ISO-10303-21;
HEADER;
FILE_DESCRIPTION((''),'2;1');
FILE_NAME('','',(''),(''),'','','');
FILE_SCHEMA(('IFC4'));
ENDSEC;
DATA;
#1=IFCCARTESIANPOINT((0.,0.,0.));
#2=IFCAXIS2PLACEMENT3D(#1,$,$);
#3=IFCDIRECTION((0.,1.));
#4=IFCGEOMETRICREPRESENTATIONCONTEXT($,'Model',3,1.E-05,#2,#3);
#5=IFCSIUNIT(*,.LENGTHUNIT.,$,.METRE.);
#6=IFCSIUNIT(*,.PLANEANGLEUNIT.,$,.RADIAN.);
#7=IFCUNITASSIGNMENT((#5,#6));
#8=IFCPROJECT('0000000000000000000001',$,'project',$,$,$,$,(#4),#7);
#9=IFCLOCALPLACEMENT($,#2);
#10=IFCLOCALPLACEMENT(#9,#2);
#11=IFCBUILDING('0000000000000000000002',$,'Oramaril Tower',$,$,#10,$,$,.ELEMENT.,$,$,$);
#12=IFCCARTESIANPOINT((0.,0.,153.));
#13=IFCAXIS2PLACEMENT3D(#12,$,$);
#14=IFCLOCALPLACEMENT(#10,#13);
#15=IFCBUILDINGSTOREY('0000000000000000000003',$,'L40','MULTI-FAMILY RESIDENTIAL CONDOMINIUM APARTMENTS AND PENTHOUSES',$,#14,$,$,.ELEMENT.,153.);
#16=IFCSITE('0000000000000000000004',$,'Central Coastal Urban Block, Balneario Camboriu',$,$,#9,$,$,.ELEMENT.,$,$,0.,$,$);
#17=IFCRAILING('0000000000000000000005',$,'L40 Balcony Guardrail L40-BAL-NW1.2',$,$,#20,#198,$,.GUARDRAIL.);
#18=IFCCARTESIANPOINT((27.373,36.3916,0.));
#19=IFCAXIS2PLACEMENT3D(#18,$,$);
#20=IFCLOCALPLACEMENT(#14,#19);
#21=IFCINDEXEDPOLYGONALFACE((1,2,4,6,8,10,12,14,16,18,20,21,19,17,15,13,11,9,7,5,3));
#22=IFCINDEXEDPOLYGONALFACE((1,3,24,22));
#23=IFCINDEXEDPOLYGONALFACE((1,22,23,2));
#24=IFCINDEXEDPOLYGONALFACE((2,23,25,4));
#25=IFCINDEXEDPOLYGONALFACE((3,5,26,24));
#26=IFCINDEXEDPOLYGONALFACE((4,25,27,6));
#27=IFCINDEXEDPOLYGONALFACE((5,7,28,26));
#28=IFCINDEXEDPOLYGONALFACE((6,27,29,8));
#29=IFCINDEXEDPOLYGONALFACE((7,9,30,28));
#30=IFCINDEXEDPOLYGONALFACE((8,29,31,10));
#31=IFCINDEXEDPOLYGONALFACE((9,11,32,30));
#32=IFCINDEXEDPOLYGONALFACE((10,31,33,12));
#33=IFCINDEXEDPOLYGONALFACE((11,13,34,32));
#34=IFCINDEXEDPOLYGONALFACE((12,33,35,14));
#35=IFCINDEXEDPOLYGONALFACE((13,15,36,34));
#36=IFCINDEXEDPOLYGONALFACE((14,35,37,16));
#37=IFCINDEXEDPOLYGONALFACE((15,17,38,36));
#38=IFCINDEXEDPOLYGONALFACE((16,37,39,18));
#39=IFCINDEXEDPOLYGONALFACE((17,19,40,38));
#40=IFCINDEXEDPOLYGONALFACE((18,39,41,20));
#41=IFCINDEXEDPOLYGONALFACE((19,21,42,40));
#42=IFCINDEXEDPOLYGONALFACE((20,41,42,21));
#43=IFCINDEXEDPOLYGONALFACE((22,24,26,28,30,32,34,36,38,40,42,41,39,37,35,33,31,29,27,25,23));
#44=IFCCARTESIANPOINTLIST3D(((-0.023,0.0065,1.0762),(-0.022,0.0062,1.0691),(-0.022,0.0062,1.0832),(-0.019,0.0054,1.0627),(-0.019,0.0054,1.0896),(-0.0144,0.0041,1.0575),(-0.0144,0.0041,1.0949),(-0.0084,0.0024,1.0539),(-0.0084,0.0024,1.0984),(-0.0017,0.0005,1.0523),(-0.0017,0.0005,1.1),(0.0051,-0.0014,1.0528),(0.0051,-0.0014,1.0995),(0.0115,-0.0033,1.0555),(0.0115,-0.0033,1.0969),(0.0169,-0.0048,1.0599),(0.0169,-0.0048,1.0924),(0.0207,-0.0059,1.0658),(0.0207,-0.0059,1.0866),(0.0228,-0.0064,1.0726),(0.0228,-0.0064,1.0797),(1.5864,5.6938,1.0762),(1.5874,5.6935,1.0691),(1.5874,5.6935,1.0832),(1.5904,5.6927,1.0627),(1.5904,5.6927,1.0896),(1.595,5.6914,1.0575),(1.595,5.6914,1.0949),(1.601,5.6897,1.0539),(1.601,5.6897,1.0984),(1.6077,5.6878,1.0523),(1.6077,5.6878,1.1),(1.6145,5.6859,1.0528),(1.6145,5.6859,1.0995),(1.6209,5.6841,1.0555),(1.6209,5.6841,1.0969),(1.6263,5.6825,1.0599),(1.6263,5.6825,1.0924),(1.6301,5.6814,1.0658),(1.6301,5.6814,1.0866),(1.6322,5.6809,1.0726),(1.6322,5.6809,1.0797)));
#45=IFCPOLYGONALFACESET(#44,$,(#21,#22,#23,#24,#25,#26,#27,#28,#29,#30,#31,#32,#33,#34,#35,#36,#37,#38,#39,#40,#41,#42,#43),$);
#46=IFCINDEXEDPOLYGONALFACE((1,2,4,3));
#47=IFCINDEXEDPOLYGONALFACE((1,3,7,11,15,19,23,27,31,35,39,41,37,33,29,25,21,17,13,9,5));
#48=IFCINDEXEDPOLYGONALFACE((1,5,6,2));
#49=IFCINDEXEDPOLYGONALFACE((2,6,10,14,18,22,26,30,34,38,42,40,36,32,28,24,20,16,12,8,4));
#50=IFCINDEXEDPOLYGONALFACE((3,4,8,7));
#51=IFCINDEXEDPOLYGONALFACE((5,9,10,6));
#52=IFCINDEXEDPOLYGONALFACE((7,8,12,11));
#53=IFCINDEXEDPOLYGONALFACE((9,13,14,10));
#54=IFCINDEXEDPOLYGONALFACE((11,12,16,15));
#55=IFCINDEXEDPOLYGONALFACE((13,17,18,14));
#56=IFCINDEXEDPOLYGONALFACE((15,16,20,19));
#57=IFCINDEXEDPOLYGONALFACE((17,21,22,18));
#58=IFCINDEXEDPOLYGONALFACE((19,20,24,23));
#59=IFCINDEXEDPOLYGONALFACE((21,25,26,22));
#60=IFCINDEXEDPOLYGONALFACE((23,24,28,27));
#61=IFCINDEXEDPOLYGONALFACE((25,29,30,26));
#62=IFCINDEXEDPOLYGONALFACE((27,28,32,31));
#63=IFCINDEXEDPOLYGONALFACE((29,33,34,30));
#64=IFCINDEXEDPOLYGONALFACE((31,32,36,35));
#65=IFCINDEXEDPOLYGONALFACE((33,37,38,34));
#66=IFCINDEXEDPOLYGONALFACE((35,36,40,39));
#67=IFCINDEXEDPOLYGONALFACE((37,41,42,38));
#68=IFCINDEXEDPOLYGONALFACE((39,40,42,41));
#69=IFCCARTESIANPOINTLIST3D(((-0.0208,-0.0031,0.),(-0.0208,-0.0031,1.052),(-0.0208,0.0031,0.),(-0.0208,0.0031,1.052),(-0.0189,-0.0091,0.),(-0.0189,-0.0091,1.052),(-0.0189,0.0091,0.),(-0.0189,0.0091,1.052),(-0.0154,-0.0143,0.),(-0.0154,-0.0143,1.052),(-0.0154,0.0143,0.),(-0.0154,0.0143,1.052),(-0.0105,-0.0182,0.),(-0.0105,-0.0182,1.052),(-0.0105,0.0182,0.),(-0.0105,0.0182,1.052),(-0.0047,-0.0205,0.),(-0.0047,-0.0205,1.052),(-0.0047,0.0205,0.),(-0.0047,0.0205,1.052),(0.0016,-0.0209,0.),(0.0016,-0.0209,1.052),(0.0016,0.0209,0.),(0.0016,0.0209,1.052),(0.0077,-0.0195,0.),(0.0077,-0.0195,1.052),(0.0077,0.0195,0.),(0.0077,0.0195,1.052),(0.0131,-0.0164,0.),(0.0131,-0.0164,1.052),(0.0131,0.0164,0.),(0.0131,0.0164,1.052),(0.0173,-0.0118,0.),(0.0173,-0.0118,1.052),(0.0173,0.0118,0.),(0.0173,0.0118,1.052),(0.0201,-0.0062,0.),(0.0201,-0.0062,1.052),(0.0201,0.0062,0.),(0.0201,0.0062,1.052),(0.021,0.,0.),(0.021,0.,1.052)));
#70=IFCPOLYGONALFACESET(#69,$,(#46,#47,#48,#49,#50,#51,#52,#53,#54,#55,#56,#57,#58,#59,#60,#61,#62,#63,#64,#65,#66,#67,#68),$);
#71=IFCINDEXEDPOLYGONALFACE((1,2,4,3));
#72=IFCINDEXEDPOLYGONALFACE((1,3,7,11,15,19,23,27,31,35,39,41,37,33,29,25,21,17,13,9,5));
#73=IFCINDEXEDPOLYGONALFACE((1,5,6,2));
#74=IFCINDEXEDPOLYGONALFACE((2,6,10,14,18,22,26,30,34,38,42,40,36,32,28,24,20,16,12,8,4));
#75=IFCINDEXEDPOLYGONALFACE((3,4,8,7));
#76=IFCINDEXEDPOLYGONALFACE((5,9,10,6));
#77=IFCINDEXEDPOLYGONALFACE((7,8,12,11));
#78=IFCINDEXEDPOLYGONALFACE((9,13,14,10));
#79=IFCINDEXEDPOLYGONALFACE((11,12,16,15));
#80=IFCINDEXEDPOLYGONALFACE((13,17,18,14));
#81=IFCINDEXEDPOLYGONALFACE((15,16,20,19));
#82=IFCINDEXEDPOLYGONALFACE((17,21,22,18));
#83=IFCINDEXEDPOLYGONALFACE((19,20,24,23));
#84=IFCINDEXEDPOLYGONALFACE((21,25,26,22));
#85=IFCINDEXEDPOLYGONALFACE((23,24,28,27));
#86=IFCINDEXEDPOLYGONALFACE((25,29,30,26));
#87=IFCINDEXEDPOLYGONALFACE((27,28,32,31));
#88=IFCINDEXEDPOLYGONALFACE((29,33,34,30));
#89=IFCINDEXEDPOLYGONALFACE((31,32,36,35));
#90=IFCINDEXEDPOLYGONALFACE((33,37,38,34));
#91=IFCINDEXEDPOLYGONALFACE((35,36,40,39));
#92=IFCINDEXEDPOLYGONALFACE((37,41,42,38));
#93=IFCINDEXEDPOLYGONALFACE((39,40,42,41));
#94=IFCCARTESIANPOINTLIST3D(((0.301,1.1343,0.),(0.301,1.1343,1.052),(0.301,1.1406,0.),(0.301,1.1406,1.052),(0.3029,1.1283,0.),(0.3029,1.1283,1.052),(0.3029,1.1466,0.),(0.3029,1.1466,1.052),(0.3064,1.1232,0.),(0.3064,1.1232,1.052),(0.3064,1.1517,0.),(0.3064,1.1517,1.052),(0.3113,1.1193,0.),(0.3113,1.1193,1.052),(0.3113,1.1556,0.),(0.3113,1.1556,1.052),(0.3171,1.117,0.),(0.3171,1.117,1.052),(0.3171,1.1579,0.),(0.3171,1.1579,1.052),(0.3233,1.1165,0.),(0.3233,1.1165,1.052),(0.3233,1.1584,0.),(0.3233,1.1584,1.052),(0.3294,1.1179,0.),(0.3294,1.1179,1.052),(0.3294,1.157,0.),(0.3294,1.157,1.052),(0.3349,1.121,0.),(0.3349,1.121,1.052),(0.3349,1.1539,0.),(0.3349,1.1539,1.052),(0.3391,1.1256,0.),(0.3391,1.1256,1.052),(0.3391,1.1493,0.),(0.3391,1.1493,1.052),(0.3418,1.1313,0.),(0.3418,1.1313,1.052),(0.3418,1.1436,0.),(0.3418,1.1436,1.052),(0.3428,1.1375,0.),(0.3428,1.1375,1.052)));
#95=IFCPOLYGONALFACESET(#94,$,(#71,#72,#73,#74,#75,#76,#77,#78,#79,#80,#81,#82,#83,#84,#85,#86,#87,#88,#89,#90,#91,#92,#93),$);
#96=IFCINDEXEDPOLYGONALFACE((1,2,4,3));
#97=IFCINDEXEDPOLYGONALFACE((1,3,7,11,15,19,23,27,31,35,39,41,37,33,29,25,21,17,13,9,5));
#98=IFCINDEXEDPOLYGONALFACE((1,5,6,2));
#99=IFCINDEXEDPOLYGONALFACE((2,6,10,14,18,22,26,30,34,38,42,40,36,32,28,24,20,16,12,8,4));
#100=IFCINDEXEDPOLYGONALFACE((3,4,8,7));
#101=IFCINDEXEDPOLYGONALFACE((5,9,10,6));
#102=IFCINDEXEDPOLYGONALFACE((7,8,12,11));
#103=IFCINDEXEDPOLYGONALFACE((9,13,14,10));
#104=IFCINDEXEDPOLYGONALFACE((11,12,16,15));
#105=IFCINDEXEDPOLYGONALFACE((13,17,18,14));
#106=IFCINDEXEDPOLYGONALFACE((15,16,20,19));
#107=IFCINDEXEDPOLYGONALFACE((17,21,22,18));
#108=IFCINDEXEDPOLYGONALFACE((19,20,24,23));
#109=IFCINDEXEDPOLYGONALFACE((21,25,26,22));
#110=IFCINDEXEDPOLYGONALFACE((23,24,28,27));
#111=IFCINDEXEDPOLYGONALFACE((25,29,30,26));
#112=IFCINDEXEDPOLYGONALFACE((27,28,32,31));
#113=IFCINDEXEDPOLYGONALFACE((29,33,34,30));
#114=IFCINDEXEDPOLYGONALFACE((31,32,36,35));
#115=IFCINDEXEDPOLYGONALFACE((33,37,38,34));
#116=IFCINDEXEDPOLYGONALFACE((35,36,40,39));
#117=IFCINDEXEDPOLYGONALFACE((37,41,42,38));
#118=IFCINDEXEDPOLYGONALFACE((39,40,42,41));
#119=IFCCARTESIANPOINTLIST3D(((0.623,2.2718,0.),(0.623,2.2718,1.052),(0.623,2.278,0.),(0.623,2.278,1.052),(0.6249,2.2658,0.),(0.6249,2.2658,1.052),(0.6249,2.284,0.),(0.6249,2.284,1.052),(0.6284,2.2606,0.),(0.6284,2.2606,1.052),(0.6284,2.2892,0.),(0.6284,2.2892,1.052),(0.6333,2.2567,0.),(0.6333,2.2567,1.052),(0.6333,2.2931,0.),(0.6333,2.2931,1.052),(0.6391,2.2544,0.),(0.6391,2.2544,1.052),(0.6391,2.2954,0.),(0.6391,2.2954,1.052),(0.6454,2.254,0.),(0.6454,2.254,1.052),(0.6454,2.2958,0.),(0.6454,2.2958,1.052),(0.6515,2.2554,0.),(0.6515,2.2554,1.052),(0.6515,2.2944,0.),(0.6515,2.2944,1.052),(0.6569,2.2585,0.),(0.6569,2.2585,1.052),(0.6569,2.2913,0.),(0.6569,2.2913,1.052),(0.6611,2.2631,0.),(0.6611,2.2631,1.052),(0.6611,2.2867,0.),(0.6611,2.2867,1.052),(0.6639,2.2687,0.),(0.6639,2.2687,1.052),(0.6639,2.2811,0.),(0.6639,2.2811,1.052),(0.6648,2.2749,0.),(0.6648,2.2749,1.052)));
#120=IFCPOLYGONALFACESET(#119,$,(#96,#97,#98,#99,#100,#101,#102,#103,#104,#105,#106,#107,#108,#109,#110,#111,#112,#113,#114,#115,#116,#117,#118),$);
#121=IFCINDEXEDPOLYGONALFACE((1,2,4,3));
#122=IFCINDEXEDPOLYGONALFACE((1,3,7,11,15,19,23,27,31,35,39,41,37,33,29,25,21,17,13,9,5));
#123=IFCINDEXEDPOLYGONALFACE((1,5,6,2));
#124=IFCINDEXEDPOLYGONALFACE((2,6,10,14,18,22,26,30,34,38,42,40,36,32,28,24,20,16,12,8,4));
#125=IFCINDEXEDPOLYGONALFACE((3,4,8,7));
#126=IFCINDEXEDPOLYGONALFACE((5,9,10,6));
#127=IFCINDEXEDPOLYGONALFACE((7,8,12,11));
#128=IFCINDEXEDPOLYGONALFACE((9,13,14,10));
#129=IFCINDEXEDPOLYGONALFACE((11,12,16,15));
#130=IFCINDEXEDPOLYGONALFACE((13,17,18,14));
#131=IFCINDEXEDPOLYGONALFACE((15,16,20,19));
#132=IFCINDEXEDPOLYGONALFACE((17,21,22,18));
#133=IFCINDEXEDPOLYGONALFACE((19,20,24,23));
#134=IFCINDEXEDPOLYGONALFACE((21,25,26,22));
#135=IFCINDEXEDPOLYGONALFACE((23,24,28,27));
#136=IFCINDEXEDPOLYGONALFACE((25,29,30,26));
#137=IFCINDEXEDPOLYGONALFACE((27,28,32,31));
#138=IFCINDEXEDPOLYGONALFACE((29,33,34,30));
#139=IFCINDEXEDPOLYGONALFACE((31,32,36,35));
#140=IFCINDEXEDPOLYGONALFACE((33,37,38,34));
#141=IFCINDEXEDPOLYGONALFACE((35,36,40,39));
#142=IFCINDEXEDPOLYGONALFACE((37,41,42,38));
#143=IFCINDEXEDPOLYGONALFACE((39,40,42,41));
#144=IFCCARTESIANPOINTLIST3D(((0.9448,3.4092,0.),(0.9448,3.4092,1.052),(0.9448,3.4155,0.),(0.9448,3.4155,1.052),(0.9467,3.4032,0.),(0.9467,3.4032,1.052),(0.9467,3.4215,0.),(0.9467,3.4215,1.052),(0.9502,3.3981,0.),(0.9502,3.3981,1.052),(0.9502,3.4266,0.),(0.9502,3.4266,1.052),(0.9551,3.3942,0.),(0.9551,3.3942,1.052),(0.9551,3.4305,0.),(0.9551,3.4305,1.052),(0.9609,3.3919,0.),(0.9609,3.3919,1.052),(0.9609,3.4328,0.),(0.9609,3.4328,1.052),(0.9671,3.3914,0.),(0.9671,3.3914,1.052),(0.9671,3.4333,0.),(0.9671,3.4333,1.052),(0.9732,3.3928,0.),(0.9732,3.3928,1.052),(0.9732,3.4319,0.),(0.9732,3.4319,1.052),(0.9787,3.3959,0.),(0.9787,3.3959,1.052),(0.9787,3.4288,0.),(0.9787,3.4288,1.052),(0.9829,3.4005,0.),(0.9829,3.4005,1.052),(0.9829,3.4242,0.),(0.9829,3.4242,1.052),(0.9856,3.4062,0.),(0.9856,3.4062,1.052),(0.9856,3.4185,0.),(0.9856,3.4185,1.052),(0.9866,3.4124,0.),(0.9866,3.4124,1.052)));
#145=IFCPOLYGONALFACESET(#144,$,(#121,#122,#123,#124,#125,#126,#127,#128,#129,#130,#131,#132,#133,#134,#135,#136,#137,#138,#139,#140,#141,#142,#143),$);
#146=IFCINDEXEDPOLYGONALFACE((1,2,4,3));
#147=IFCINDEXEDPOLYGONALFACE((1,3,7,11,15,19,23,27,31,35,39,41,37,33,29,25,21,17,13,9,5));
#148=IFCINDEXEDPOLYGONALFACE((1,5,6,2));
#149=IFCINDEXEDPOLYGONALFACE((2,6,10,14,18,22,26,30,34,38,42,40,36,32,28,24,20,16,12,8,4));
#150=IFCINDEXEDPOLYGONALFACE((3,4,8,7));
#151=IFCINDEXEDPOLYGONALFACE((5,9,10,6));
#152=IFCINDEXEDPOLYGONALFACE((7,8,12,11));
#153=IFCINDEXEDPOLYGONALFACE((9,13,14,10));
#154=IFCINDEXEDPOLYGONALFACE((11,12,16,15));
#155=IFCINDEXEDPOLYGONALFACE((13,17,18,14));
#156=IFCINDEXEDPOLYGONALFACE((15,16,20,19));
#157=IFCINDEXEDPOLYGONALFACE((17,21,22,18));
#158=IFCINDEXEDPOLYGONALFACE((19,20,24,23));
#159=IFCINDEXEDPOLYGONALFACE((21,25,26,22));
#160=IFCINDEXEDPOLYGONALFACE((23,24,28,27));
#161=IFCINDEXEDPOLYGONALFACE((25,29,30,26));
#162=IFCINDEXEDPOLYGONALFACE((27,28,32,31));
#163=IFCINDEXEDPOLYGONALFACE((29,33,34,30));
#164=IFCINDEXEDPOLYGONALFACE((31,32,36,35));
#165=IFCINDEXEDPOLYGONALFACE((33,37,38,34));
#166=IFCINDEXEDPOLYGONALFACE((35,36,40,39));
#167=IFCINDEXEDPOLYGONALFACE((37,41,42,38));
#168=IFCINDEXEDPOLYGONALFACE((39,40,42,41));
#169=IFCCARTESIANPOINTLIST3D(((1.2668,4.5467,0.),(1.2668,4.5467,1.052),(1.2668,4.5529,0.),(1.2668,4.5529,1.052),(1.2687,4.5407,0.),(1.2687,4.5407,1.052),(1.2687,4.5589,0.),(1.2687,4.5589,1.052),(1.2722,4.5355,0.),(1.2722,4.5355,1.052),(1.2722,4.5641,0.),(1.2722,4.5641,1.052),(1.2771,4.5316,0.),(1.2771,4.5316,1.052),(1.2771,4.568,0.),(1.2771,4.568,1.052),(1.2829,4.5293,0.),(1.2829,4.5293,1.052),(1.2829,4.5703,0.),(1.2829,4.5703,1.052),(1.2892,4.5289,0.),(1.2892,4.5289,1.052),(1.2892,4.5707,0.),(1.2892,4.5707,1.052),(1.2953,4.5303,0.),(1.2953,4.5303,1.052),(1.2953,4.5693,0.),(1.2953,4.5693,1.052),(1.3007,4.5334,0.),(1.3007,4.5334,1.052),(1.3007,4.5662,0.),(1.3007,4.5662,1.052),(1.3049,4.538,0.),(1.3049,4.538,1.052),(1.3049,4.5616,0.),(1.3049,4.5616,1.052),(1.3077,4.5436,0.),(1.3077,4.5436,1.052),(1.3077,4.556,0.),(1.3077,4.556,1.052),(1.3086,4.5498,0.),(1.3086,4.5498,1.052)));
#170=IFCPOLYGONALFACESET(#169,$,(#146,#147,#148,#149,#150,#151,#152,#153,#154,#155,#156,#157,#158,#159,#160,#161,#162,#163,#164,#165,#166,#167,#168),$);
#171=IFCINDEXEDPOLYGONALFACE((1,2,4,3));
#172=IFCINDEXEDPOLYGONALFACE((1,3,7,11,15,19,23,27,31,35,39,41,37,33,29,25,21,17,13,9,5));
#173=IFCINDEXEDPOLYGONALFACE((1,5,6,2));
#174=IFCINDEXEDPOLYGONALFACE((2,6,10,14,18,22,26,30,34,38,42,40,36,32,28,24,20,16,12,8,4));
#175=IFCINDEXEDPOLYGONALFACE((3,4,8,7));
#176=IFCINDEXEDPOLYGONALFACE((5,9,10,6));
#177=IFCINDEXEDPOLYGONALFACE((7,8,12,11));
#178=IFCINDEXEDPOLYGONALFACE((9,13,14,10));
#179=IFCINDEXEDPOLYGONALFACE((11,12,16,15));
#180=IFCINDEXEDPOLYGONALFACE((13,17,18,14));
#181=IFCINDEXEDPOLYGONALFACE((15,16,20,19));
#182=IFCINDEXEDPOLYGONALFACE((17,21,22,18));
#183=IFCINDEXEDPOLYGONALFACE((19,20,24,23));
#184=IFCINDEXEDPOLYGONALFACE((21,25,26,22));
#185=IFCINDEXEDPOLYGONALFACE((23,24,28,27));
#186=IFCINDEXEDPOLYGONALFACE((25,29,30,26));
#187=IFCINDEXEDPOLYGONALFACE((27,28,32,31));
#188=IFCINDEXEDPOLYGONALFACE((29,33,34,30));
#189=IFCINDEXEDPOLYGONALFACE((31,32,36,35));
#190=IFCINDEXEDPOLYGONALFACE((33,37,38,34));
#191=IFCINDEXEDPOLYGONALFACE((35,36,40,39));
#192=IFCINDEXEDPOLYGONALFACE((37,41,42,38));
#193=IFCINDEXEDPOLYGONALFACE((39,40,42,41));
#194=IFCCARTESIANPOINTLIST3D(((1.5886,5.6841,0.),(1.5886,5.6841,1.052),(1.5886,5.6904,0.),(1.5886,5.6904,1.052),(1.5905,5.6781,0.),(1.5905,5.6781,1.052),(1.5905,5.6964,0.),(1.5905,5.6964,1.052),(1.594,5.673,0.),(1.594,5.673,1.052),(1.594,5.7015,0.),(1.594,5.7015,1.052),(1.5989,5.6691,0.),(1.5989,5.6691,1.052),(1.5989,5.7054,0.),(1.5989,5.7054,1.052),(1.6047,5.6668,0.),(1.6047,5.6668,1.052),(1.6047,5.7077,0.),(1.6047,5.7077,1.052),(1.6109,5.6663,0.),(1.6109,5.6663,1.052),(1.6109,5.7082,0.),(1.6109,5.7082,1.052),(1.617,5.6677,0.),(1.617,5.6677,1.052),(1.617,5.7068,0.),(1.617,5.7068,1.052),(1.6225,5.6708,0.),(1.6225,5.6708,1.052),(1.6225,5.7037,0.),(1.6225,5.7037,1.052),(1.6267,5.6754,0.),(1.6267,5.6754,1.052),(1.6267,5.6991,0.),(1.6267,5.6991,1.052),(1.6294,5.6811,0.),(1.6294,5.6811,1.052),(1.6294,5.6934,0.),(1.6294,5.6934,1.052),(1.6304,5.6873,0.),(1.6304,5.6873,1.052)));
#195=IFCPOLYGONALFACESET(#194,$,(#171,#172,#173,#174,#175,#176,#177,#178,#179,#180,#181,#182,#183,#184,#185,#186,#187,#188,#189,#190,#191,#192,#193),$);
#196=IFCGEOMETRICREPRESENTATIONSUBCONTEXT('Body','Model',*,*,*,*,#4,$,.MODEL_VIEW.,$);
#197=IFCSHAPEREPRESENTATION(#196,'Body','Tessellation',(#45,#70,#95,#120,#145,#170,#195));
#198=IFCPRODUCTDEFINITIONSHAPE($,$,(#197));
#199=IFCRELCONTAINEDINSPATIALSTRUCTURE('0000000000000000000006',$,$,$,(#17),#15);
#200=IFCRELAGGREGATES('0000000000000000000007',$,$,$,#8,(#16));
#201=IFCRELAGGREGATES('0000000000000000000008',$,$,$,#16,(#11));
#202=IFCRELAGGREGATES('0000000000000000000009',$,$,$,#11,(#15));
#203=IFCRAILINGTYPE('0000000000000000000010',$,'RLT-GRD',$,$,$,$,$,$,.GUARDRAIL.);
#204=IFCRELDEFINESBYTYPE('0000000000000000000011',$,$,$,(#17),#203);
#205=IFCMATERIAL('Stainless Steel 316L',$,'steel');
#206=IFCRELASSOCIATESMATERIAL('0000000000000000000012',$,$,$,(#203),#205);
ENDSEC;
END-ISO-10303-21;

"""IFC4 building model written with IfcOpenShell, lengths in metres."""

from ifc_helpers import new_model, si_unit, direction, frame, origin, origin_2d, place, context, subcontext, project, spatial, circle, extrude, material, type_object, element, save


model = new_model("IFC4")

# Units and contexts
model_context = context("Model", 3, precision=1e-05, world=origin(), true_north=direction((0.0, 1.0)))
body_context = subcontext(model_context, "Body", "Model", "MODEL_VIEW")
ifc_project = project(units=[si_unit("LENGTHUNIT", "METRE"), si_unit("PLANEANGLEUNIT", "RADIAN")], contexts=[model_context])

# Site, building, storey
site_placement = place(None, origin())
site = spatial("IfcSite", under=ifc_project, at=site_placement, Name="Central Coastal Urban Block, Balneario Camboriu", CompositionType="ELEMENT", RefElevation=0.0)
building_placement = place(site_placement, origin())
building = spatial("IfcBuilding", under=site, at=building_placement, Name="Oramaril Tower", CompositionType="ELEMENT")
storey_placement = place(building_placement, frame((0.0, 0.0, 153.0)))
storey = spatial("IfcBuildingStorey", under=building, at=storey_placement, Name="L40", Description="MULTI-FAMILY RESIDENTIAL CONDOMINIUM APARTMENTS AND PENTHOUSES", CompositionType="ELEMENT", Elevation=153.0)

# Railing
ifc_material_1 = material(Name="Stainless Steel 316L", Category="steel")
railing_type = type_object("IfcRailingType", Name="RLT-GRD", PredefinedType="GUARDRAIL", material=ifc_material_1)
railing_1_placement = place(storey_placement, frame((27.373, 36.3916, 0.0)))
element("IfcRailing", 1, at=railing_1_placement, inside=storey, type_object=railing_type, Name="L40 Balcony Guardrail L40-BAL-NW1.2", PredefinedType="GUARDRAIL", context=body_context, shape_type="SweptSolid", body=[
    extrude(circle(Radius=0.0239, at=origin_2d()), frame((0.0, 0.0, 1.0762), z_axis=(0.272287, 0.962216, 0.0), x_axis=(-0.962216, 0.272287, 0.0)), (0.0, 0.0, 1.0), 5.9106),
    extrude(circle(Radius=0.021, at=origin_2d()), origin(), (0.0, 0.0, 1.0), 1.052),
    extrude(circle(Radius=0.021, at=origin_2d()), frame((0.3218, 1.1375, 0.0)), (0.0, 0.0, 1.0), 1.052),
    extrude(circle(Radius=0.021, at=origin_2d()), frame((0.6438, 2.2749, 0.0)), (0.0, 0.0, 1.0), 1.052),
    extrude(circle(Radius=0.021, at=origin_2d()), frame((0.9656, 3.4124, 0.0)), (0.0, 0.0, 1.0), 1.052),
    extrude(circle(Radius=0.021, at=origin_2d()), frame((1.2876, 4.5498, 0.0)), (0.0, 0.0, 1.0), 1.052),
    extrude(circle(Radius=0.021, at=origin_2d()), frame((1.6094, 5.6873, 0.0)), (0.0, 0.0, 1.0), 1.052),
])

save(model, "model.ifc")
